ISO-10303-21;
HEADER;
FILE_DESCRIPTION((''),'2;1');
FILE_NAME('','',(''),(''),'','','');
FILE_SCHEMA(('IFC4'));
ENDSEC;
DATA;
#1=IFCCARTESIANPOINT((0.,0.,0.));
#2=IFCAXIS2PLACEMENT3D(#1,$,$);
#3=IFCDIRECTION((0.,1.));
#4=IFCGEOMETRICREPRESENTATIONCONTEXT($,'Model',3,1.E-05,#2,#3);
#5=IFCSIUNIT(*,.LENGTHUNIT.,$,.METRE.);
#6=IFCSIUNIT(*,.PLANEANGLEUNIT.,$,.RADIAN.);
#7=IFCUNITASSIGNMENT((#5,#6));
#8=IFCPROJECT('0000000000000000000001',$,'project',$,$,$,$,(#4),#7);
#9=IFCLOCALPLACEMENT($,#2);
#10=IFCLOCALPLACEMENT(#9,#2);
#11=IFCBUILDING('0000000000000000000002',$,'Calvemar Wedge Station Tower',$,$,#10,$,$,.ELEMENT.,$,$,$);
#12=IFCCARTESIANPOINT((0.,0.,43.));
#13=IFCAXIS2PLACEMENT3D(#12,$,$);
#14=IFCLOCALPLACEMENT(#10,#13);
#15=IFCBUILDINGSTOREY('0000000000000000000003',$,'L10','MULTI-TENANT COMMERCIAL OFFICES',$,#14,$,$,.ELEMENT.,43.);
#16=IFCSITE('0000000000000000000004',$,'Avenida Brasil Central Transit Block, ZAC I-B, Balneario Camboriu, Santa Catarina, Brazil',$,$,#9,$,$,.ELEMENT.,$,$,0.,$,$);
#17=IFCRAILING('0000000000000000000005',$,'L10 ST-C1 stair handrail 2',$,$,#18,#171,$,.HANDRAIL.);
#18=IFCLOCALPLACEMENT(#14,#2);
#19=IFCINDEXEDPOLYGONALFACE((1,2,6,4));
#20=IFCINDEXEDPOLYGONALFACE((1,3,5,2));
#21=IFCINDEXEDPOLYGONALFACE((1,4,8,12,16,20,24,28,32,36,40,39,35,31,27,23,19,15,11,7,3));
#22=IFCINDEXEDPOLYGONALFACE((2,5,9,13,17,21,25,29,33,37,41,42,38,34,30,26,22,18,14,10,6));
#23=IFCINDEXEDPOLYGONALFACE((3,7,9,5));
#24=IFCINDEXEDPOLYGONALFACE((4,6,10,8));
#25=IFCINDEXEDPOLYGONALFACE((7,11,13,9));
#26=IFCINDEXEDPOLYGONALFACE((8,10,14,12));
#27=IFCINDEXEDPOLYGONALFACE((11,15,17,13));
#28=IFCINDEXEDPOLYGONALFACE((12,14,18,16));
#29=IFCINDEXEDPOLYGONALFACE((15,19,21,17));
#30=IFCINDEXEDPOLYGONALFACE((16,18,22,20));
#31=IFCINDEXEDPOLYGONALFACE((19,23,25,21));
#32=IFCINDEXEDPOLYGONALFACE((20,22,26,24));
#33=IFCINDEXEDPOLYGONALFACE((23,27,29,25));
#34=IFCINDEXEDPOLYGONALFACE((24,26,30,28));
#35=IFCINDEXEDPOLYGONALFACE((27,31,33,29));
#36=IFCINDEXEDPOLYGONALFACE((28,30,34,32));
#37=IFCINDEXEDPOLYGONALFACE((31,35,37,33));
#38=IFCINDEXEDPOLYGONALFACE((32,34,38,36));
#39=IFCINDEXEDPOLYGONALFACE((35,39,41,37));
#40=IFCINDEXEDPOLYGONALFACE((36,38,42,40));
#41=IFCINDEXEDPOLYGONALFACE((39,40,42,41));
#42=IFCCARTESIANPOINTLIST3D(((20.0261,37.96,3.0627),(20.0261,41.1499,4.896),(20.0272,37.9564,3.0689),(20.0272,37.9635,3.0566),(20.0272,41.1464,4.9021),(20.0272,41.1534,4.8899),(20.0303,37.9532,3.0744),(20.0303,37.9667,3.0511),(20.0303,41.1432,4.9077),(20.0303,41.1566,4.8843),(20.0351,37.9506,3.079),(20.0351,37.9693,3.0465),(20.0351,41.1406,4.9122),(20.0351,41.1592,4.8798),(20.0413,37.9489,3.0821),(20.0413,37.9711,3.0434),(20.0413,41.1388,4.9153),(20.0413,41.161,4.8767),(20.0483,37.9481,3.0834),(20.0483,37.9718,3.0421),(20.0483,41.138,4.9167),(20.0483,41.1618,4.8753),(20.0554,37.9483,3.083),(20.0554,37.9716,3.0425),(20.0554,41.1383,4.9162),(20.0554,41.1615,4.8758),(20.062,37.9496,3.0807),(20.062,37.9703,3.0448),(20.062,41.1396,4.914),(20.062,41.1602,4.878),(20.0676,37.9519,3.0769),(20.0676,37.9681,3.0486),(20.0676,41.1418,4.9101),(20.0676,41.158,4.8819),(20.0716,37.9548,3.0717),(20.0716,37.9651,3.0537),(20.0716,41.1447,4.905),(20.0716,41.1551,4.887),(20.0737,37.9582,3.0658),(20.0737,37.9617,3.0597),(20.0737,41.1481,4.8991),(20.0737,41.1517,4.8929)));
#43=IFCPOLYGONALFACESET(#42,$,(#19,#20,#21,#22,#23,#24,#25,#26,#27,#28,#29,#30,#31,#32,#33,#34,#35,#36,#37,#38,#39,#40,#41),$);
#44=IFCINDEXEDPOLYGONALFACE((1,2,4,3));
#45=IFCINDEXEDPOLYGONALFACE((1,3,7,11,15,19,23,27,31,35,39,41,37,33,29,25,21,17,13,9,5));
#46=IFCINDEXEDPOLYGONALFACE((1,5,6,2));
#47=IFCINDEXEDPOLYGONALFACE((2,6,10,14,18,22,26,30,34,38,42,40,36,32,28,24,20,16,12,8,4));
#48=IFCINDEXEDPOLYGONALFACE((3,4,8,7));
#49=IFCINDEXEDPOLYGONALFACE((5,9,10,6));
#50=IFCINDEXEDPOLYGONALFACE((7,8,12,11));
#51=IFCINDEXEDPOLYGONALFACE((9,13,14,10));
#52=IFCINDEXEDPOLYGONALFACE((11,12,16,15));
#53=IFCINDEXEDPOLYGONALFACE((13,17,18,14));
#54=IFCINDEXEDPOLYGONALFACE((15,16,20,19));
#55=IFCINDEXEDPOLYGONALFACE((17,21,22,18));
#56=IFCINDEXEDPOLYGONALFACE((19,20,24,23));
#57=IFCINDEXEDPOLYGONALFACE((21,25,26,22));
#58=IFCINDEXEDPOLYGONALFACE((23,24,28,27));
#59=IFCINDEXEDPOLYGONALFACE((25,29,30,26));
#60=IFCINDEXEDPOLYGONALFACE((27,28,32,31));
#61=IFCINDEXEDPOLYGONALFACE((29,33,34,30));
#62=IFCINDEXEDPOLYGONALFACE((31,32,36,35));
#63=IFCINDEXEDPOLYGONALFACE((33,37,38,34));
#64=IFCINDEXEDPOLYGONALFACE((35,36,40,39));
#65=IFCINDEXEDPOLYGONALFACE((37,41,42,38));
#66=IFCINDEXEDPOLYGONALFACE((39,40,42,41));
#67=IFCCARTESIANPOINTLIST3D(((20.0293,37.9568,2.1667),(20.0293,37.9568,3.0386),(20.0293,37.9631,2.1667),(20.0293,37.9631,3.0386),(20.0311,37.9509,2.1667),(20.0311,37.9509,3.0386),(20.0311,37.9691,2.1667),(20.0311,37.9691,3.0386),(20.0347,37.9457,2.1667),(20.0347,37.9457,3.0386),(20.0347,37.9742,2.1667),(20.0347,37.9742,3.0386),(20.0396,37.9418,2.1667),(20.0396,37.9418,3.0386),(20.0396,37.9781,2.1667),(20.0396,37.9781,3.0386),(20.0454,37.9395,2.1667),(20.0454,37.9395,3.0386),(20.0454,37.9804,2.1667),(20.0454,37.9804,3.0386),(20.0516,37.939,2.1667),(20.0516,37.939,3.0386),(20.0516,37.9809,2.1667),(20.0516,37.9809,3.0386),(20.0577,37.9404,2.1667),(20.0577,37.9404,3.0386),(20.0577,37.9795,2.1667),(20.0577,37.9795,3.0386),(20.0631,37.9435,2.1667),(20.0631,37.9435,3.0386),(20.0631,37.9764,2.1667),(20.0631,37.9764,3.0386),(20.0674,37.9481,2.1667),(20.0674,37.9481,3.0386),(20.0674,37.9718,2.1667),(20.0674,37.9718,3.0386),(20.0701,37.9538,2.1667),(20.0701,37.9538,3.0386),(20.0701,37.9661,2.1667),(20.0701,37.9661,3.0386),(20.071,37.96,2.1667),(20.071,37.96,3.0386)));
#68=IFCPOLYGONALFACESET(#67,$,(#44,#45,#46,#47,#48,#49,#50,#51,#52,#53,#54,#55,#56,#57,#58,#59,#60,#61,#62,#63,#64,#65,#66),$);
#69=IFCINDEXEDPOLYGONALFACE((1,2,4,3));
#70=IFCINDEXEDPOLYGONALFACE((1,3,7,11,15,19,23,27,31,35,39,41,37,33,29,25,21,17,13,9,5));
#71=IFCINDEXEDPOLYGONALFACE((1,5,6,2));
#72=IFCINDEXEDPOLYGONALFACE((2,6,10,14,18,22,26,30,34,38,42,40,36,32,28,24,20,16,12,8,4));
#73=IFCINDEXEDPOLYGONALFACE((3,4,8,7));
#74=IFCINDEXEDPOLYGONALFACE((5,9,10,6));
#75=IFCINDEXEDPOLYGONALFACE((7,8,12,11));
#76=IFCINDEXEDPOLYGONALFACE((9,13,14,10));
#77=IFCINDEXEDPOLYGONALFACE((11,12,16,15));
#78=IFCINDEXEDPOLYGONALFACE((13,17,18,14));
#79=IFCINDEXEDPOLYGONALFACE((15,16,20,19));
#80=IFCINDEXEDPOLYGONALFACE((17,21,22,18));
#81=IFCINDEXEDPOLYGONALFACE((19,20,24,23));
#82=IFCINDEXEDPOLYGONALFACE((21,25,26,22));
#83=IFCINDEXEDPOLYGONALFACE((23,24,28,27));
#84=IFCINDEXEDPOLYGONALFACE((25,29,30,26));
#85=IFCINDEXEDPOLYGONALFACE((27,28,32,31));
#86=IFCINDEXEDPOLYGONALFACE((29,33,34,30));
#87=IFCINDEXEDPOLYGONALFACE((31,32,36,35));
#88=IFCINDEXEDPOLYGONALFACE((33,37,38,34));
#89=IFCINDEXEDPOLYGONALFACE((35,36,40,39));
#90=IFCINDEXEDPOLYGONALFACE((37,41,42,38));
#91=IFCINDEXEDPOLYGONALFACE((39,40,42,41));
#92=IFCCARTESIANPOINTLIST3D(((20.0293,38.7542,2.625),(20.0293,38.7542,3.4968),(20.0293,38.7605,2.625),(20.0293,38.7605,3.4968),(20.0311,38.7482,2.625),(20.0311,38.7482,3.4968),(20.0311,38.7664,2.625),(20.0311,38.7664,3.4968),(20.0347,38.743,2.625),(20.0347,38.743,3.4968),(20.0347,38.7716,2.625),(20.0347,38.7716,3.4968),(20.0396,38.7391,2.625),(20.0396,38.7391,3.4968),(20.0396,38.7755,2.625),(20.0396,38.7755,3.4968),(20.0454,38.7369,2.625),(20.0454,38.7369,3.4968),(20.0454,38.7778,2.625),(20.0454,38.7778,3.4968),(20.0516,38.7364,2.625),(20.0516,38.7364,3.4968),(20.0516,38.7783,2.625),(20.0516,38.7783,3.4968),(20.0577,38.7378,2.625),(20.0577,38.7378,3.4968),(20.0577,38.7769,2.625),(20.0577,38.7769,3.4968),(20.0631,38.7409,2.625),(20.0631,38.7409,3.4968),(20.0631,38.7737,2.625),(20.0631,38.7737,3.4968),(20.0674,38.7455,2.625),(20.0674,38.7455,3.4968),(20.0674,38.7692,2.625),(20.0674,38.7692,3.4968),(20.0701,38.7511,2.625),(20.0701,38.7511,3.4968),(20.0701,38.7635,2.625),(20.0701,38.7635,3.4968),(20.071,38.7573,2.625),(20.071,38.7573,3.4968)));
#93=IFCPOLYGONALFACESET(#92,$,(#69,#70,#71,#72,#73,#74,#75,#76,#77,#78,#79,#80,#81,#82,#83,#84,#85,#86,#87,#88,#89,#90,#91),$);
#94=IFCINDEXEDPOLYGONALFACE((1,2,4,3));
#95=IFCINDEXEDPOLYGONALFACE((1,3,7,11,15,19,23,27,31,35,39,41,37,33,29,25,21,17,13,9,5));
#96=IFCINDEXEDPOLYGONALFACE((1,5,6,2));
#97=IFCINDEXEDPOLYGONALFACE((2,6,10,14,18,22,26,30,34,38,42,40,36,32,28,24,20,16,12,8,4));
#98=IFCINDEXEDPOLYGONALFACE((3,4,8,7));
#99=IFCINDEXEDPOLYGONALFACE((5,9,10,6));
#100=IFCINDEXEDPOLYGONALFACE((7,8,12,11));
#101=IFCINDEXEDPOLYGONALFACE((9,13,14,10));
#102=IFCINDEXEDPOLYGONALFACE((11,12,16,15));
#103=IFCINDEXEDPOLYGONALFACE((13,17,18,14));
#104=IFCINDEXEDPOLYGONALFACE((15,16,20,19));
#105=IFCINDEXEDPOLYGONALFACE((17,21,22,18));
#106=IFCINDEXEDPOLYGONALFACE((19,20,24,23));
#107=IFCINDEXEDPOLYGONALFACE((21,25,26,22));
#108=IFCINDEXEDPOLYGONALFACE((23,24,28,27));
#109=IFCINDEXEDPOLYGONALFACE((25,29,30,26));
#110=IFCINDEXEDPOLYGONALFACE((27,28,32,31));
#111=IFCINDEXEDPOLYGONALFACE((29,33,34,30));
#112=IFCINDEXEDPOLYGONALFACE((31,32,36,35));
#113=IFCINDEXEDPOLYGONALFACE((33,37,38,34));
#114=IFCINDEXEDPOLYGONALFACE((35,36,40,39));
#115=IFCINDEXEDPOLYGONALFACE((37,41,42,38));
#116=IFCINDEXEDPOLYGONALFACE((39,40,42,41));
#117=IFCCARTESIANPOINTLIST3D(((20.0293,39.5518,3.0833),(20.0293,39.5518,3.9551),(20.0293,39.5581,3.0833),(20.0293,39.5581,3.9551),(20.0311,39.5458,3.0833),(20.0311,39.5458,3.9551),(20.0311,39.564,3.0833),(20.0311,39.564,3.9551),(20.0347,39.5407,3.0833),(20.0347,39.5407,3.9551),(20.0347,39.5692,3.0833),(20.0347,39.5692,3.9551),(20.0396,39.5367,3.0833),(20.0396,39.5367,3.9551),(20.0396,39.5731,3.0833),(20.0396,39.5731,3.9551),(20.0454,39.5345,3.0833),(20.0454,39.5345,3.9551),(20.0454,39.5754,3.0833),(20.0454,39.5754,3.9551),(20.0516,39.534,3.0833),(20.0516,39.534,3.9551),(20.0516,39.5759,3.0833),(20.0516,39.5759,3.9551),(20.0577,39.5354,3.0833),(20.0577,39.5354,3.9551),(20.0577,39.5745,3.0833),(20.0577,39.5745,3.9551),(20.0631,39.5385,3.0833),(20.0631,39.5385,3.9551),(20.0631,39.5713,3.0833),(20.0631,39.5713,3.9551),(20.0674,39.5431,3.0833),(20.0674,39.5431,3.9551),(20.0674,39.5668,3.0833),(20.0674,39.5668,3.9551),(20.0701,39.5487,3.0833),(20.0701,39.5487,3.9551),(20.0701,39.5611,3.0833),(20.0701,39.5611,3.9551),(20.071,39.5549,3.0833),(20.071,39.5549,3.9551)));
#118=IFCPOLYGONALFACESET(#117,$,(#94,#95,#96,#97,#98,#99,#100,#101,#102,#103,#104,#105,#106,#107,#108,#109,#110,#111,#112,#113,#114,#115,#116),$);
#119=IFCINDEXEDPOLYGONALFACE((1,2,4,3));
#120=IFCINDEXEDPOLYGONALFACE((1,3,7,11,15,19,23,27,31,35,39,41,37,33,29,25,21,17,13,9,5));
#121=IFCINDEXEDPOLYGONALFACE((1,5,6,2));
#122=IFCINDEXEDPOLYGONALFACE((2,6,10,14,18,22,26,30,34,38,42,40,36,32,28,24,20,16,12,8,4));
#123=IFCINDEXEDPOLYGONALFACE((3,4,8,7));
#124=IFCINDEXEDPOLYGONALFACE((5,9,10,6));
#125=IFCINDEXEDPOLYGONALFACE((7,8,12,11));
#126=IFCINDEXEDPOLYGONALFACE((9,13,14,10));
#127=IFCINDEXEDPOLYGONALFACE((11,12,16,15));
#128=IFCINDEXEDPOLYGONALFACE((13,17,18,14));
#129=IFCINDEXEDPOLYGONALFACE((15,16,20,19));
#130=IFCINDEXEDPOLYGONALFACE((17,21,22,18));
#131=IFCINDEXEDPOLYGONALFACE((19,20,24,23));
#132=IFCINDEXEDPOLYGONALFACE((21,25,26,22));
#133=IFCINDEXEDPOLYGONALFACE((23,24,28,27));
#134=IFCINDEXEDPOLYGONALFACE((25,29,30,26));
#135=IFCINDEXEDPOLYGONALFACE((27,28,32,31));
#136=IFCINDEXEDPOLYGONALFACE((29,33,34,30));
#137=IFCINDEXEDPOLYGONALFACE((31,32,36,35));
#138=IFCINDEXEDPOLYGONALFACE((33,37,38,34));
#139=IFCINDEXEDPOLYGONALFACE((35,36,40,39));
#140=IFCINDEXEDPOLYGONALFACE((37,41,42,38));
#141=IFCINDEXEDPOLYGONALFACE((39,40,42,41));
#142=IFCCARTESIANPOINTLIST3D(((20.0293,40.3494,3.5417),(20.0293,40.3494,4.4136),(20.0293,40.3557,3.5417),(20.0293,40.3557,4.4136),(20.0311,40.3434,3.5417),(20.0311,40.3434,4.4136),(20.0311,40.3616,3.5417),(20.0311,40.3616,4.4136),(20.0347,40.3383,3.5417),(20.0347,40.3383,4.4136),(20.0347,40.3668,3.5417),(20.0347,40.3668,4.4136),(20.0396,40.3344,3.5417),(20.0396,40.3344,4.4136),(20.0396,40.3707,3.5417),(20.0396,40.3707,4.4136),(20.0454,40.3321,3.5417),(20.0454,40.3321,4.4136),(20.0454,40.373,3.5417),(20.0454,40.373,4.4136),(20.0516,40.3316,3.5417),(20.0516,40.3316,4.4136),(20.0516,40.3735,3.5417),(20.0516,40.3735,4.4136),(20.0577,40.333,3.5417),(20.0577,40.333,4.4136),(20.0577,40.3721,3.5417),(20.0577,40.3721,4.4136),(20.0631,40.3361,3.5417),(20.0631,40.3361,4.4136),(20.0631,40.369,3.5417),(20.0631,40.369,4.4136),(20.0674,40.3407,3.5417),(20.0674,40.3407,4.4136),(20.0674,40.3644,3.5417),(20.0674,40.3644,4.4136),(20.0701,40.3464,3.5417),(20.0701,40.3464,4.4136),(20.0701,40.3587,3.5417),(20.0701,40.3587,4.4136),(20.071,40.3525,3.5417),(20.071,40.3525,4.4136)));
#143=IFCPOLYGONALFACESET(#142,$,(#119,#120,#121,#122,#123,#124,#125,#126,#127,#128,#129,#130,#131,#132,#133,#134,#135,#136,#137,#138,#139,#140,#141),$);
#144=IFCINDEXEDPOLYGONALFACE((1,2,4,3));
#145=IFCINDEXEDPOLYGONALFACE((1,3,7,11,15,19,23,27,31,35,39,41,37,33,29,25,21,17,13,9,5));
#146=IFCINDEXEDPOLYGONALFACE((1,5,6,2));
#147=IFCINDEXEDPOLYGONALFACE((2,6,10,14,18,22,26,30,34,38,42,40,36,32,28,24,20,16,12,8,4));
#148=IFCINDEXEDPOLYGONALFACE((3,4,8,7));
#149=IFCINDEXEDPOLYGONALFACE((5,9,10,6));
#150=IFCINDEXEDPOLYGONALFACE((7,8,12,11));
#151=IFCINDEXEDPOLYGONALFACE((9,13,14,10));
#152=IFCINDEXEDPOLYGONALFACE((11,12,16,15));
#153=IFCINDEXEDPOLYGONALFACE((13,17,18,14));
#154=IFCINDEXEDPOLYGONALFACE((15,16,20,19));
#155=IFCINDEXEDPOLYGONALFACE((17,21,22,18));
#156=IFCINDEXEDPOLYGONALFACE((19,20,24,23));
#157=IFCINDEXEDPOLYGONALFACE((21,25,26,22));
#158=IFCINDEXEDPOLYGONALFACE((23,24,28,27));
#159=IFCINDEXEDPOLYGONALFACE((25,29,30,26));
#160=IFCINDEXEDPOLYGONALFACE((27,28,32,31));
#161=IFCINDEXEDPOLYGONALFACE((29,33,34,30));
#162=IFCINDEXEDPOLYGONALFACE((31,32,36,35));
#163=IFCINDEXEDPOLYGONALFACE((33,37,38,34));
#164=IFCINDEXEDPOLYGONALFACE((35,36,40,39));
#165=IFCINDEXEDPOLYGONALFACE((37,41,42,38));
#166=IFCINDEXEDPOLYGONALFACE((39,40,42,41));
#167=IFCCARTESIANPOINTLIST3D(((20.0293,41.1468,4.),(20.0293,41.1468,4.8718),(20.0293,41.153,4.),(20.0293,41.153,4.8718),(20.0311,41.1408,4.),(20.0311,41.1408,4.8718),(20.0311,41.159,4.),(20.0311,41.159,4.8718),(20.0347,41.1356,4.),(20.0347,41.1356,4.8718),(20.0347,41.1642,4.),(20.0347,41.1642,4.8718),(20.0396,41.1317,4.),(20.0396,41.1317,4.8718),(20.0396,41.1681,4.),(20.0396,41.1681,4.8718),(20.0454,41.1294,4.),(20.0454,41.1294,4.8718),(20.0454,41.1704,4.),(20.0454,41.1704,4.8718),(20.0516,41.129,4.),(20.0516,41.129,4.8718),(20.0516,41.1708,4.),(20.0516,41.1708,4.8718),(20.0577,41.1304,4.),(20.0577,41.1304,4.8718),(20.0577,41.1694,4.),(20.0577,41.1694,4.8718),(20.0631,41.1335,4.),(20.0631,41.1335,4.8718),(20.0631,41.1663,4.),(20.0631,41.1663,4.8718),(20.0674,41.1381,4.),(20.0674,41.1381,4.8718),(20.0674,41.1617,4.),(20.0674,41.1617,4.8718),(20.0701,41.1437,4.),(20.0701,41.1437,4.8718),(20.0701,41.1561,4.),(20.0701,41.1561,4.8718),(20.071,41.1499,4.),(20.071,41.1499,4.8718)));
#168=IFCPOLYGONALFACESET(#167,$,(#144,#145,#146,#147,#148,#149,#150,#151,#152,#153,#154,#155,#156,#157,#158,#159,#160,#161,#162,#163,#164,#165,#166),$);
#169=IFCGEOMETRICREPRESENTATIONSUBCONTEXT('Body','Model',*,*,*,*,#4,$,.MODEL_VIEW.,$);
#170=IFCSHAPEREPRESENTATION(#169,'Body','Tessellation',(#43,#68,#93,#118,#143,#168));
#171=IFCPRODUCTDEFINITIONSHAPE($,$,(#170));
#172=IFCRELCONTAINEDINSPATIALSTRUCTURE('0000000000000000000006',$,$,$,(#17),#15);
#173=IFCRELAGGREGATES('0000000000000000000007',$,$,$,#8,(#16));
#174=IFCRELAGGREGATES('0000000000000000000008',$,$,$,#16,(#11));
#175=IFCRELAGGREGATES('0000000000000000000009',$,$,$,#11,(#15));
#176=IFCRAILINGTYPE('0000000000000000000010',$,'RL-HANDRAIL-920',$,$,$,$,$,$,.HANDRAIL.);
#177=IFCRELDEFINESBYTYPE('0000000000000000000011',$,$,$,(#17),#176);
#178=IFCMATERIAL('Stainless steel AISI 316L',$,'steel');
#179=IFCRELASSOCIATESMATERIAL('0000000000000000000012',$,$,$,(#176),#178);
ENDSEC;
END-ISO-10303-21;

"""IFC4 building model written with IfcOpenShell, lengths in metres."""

from ifc_helpers import new_model, si_unit, direction, frame, origin, origin_2d, place, context, subcontext, project, spatial, circle, extrude, material, type_object, element, save


model = new_model("IFC4")

# Units and contexts
model_context = context("Model", 3, precision=1e-05, world=origin(), true_north=direction((0.0, 1.0)))
body_context = subcontext(model_context, "Body", "Model", "MODEL_VIEW")
ifc_project = project(units=[si_unit("LENGTHUNIT", "METRE"), si_unit("PLANEANGLEUNIT", "RADIAN")], contexts=[model_context])

# Site, building, storey
site_placement = place(None, origin())
site = spatial("IfcSite", under=ifc_project, at=site_placement, Name="Avenida Brasil Central Transit Block, ZAC I-B, Balneario Camboriu, Santa Catarina, Brazil", CompositionType="ELEMENT", RefElevation=0.0)
building_placement = place(site_placement, origin())
building = spatial("IfcBuilding", under=site, at=building_placement, Name="Calvemar Wedge Station Tower", CompositionType="ELEMENT")
storey_placement = place(building_placement, frame((0.0, 0.0, 43.0)))
storey = spatial("IfcBuildingStorey", under=building, at=storey_placement, Name="L10", Description="MULTI-TENANT COMMERCIAL OFFICES", CompositionType="ELEMENT", Elevation=43.0)

# Railing
ifc_material_1 = material(Name="Stainless steel AISI 316L", Category="steel")
railing_type_1 = type_object("IfcRailingType", Name="RL-HANDRAIL-920", PredefinedType="HANDRAIL", material=ifc_material_1)
railing_1_placement = place(storey_placement, frame((20.05, 37.96, 2.1667)))
element("IfcRailing", 1, at=railing_1_placement, inside=storey, type_object=railing_type_1, Name="L10 ST-C1 stair handrail 2", PredefinedType="HANDRAIL", context=body_context, shape_type="SweptSolid", body=[
    extrude(circle(Radius=0.0239, at=origin_2d()), frame((0.0, 0.0, 0.896), z_axis=(0.0, 0.86702, 0.498274), x_axis=(-1.0, 0.0, 0.0)), (0.0, 0.0, 1.0), 3.6792),
    extrude(circle(Radius=0.021, at=origin_2d()), origin(), (0.0, 0.0, 1.0), 0.8718),
    extrude(circle(Radius=0.021, at=origin_2d()), frame((0.0, 0.7974, 0.4583)), (0.0, 0.0, 1.0), 0.8718),
    extrude(circle(Radius=0.021, at=origin_2d()), frame((0.0, 1.595, 0.9165)), (0.0, 0.0, 1.0), 0.8718),
    extrude(circle(Radius=0.021, at=origin_2d()), frame((0.0, 2.3926, 1.375)), (0.0, 0.0, 1.0), 0.8718),
    extrude(circle(Radius=0.021, at=origin_2d()), frame((0.0, 3.1899, 1.8333)), (0.0, 0.0, 1.0), 0.8718),
])

save(model, "model.ifc")
